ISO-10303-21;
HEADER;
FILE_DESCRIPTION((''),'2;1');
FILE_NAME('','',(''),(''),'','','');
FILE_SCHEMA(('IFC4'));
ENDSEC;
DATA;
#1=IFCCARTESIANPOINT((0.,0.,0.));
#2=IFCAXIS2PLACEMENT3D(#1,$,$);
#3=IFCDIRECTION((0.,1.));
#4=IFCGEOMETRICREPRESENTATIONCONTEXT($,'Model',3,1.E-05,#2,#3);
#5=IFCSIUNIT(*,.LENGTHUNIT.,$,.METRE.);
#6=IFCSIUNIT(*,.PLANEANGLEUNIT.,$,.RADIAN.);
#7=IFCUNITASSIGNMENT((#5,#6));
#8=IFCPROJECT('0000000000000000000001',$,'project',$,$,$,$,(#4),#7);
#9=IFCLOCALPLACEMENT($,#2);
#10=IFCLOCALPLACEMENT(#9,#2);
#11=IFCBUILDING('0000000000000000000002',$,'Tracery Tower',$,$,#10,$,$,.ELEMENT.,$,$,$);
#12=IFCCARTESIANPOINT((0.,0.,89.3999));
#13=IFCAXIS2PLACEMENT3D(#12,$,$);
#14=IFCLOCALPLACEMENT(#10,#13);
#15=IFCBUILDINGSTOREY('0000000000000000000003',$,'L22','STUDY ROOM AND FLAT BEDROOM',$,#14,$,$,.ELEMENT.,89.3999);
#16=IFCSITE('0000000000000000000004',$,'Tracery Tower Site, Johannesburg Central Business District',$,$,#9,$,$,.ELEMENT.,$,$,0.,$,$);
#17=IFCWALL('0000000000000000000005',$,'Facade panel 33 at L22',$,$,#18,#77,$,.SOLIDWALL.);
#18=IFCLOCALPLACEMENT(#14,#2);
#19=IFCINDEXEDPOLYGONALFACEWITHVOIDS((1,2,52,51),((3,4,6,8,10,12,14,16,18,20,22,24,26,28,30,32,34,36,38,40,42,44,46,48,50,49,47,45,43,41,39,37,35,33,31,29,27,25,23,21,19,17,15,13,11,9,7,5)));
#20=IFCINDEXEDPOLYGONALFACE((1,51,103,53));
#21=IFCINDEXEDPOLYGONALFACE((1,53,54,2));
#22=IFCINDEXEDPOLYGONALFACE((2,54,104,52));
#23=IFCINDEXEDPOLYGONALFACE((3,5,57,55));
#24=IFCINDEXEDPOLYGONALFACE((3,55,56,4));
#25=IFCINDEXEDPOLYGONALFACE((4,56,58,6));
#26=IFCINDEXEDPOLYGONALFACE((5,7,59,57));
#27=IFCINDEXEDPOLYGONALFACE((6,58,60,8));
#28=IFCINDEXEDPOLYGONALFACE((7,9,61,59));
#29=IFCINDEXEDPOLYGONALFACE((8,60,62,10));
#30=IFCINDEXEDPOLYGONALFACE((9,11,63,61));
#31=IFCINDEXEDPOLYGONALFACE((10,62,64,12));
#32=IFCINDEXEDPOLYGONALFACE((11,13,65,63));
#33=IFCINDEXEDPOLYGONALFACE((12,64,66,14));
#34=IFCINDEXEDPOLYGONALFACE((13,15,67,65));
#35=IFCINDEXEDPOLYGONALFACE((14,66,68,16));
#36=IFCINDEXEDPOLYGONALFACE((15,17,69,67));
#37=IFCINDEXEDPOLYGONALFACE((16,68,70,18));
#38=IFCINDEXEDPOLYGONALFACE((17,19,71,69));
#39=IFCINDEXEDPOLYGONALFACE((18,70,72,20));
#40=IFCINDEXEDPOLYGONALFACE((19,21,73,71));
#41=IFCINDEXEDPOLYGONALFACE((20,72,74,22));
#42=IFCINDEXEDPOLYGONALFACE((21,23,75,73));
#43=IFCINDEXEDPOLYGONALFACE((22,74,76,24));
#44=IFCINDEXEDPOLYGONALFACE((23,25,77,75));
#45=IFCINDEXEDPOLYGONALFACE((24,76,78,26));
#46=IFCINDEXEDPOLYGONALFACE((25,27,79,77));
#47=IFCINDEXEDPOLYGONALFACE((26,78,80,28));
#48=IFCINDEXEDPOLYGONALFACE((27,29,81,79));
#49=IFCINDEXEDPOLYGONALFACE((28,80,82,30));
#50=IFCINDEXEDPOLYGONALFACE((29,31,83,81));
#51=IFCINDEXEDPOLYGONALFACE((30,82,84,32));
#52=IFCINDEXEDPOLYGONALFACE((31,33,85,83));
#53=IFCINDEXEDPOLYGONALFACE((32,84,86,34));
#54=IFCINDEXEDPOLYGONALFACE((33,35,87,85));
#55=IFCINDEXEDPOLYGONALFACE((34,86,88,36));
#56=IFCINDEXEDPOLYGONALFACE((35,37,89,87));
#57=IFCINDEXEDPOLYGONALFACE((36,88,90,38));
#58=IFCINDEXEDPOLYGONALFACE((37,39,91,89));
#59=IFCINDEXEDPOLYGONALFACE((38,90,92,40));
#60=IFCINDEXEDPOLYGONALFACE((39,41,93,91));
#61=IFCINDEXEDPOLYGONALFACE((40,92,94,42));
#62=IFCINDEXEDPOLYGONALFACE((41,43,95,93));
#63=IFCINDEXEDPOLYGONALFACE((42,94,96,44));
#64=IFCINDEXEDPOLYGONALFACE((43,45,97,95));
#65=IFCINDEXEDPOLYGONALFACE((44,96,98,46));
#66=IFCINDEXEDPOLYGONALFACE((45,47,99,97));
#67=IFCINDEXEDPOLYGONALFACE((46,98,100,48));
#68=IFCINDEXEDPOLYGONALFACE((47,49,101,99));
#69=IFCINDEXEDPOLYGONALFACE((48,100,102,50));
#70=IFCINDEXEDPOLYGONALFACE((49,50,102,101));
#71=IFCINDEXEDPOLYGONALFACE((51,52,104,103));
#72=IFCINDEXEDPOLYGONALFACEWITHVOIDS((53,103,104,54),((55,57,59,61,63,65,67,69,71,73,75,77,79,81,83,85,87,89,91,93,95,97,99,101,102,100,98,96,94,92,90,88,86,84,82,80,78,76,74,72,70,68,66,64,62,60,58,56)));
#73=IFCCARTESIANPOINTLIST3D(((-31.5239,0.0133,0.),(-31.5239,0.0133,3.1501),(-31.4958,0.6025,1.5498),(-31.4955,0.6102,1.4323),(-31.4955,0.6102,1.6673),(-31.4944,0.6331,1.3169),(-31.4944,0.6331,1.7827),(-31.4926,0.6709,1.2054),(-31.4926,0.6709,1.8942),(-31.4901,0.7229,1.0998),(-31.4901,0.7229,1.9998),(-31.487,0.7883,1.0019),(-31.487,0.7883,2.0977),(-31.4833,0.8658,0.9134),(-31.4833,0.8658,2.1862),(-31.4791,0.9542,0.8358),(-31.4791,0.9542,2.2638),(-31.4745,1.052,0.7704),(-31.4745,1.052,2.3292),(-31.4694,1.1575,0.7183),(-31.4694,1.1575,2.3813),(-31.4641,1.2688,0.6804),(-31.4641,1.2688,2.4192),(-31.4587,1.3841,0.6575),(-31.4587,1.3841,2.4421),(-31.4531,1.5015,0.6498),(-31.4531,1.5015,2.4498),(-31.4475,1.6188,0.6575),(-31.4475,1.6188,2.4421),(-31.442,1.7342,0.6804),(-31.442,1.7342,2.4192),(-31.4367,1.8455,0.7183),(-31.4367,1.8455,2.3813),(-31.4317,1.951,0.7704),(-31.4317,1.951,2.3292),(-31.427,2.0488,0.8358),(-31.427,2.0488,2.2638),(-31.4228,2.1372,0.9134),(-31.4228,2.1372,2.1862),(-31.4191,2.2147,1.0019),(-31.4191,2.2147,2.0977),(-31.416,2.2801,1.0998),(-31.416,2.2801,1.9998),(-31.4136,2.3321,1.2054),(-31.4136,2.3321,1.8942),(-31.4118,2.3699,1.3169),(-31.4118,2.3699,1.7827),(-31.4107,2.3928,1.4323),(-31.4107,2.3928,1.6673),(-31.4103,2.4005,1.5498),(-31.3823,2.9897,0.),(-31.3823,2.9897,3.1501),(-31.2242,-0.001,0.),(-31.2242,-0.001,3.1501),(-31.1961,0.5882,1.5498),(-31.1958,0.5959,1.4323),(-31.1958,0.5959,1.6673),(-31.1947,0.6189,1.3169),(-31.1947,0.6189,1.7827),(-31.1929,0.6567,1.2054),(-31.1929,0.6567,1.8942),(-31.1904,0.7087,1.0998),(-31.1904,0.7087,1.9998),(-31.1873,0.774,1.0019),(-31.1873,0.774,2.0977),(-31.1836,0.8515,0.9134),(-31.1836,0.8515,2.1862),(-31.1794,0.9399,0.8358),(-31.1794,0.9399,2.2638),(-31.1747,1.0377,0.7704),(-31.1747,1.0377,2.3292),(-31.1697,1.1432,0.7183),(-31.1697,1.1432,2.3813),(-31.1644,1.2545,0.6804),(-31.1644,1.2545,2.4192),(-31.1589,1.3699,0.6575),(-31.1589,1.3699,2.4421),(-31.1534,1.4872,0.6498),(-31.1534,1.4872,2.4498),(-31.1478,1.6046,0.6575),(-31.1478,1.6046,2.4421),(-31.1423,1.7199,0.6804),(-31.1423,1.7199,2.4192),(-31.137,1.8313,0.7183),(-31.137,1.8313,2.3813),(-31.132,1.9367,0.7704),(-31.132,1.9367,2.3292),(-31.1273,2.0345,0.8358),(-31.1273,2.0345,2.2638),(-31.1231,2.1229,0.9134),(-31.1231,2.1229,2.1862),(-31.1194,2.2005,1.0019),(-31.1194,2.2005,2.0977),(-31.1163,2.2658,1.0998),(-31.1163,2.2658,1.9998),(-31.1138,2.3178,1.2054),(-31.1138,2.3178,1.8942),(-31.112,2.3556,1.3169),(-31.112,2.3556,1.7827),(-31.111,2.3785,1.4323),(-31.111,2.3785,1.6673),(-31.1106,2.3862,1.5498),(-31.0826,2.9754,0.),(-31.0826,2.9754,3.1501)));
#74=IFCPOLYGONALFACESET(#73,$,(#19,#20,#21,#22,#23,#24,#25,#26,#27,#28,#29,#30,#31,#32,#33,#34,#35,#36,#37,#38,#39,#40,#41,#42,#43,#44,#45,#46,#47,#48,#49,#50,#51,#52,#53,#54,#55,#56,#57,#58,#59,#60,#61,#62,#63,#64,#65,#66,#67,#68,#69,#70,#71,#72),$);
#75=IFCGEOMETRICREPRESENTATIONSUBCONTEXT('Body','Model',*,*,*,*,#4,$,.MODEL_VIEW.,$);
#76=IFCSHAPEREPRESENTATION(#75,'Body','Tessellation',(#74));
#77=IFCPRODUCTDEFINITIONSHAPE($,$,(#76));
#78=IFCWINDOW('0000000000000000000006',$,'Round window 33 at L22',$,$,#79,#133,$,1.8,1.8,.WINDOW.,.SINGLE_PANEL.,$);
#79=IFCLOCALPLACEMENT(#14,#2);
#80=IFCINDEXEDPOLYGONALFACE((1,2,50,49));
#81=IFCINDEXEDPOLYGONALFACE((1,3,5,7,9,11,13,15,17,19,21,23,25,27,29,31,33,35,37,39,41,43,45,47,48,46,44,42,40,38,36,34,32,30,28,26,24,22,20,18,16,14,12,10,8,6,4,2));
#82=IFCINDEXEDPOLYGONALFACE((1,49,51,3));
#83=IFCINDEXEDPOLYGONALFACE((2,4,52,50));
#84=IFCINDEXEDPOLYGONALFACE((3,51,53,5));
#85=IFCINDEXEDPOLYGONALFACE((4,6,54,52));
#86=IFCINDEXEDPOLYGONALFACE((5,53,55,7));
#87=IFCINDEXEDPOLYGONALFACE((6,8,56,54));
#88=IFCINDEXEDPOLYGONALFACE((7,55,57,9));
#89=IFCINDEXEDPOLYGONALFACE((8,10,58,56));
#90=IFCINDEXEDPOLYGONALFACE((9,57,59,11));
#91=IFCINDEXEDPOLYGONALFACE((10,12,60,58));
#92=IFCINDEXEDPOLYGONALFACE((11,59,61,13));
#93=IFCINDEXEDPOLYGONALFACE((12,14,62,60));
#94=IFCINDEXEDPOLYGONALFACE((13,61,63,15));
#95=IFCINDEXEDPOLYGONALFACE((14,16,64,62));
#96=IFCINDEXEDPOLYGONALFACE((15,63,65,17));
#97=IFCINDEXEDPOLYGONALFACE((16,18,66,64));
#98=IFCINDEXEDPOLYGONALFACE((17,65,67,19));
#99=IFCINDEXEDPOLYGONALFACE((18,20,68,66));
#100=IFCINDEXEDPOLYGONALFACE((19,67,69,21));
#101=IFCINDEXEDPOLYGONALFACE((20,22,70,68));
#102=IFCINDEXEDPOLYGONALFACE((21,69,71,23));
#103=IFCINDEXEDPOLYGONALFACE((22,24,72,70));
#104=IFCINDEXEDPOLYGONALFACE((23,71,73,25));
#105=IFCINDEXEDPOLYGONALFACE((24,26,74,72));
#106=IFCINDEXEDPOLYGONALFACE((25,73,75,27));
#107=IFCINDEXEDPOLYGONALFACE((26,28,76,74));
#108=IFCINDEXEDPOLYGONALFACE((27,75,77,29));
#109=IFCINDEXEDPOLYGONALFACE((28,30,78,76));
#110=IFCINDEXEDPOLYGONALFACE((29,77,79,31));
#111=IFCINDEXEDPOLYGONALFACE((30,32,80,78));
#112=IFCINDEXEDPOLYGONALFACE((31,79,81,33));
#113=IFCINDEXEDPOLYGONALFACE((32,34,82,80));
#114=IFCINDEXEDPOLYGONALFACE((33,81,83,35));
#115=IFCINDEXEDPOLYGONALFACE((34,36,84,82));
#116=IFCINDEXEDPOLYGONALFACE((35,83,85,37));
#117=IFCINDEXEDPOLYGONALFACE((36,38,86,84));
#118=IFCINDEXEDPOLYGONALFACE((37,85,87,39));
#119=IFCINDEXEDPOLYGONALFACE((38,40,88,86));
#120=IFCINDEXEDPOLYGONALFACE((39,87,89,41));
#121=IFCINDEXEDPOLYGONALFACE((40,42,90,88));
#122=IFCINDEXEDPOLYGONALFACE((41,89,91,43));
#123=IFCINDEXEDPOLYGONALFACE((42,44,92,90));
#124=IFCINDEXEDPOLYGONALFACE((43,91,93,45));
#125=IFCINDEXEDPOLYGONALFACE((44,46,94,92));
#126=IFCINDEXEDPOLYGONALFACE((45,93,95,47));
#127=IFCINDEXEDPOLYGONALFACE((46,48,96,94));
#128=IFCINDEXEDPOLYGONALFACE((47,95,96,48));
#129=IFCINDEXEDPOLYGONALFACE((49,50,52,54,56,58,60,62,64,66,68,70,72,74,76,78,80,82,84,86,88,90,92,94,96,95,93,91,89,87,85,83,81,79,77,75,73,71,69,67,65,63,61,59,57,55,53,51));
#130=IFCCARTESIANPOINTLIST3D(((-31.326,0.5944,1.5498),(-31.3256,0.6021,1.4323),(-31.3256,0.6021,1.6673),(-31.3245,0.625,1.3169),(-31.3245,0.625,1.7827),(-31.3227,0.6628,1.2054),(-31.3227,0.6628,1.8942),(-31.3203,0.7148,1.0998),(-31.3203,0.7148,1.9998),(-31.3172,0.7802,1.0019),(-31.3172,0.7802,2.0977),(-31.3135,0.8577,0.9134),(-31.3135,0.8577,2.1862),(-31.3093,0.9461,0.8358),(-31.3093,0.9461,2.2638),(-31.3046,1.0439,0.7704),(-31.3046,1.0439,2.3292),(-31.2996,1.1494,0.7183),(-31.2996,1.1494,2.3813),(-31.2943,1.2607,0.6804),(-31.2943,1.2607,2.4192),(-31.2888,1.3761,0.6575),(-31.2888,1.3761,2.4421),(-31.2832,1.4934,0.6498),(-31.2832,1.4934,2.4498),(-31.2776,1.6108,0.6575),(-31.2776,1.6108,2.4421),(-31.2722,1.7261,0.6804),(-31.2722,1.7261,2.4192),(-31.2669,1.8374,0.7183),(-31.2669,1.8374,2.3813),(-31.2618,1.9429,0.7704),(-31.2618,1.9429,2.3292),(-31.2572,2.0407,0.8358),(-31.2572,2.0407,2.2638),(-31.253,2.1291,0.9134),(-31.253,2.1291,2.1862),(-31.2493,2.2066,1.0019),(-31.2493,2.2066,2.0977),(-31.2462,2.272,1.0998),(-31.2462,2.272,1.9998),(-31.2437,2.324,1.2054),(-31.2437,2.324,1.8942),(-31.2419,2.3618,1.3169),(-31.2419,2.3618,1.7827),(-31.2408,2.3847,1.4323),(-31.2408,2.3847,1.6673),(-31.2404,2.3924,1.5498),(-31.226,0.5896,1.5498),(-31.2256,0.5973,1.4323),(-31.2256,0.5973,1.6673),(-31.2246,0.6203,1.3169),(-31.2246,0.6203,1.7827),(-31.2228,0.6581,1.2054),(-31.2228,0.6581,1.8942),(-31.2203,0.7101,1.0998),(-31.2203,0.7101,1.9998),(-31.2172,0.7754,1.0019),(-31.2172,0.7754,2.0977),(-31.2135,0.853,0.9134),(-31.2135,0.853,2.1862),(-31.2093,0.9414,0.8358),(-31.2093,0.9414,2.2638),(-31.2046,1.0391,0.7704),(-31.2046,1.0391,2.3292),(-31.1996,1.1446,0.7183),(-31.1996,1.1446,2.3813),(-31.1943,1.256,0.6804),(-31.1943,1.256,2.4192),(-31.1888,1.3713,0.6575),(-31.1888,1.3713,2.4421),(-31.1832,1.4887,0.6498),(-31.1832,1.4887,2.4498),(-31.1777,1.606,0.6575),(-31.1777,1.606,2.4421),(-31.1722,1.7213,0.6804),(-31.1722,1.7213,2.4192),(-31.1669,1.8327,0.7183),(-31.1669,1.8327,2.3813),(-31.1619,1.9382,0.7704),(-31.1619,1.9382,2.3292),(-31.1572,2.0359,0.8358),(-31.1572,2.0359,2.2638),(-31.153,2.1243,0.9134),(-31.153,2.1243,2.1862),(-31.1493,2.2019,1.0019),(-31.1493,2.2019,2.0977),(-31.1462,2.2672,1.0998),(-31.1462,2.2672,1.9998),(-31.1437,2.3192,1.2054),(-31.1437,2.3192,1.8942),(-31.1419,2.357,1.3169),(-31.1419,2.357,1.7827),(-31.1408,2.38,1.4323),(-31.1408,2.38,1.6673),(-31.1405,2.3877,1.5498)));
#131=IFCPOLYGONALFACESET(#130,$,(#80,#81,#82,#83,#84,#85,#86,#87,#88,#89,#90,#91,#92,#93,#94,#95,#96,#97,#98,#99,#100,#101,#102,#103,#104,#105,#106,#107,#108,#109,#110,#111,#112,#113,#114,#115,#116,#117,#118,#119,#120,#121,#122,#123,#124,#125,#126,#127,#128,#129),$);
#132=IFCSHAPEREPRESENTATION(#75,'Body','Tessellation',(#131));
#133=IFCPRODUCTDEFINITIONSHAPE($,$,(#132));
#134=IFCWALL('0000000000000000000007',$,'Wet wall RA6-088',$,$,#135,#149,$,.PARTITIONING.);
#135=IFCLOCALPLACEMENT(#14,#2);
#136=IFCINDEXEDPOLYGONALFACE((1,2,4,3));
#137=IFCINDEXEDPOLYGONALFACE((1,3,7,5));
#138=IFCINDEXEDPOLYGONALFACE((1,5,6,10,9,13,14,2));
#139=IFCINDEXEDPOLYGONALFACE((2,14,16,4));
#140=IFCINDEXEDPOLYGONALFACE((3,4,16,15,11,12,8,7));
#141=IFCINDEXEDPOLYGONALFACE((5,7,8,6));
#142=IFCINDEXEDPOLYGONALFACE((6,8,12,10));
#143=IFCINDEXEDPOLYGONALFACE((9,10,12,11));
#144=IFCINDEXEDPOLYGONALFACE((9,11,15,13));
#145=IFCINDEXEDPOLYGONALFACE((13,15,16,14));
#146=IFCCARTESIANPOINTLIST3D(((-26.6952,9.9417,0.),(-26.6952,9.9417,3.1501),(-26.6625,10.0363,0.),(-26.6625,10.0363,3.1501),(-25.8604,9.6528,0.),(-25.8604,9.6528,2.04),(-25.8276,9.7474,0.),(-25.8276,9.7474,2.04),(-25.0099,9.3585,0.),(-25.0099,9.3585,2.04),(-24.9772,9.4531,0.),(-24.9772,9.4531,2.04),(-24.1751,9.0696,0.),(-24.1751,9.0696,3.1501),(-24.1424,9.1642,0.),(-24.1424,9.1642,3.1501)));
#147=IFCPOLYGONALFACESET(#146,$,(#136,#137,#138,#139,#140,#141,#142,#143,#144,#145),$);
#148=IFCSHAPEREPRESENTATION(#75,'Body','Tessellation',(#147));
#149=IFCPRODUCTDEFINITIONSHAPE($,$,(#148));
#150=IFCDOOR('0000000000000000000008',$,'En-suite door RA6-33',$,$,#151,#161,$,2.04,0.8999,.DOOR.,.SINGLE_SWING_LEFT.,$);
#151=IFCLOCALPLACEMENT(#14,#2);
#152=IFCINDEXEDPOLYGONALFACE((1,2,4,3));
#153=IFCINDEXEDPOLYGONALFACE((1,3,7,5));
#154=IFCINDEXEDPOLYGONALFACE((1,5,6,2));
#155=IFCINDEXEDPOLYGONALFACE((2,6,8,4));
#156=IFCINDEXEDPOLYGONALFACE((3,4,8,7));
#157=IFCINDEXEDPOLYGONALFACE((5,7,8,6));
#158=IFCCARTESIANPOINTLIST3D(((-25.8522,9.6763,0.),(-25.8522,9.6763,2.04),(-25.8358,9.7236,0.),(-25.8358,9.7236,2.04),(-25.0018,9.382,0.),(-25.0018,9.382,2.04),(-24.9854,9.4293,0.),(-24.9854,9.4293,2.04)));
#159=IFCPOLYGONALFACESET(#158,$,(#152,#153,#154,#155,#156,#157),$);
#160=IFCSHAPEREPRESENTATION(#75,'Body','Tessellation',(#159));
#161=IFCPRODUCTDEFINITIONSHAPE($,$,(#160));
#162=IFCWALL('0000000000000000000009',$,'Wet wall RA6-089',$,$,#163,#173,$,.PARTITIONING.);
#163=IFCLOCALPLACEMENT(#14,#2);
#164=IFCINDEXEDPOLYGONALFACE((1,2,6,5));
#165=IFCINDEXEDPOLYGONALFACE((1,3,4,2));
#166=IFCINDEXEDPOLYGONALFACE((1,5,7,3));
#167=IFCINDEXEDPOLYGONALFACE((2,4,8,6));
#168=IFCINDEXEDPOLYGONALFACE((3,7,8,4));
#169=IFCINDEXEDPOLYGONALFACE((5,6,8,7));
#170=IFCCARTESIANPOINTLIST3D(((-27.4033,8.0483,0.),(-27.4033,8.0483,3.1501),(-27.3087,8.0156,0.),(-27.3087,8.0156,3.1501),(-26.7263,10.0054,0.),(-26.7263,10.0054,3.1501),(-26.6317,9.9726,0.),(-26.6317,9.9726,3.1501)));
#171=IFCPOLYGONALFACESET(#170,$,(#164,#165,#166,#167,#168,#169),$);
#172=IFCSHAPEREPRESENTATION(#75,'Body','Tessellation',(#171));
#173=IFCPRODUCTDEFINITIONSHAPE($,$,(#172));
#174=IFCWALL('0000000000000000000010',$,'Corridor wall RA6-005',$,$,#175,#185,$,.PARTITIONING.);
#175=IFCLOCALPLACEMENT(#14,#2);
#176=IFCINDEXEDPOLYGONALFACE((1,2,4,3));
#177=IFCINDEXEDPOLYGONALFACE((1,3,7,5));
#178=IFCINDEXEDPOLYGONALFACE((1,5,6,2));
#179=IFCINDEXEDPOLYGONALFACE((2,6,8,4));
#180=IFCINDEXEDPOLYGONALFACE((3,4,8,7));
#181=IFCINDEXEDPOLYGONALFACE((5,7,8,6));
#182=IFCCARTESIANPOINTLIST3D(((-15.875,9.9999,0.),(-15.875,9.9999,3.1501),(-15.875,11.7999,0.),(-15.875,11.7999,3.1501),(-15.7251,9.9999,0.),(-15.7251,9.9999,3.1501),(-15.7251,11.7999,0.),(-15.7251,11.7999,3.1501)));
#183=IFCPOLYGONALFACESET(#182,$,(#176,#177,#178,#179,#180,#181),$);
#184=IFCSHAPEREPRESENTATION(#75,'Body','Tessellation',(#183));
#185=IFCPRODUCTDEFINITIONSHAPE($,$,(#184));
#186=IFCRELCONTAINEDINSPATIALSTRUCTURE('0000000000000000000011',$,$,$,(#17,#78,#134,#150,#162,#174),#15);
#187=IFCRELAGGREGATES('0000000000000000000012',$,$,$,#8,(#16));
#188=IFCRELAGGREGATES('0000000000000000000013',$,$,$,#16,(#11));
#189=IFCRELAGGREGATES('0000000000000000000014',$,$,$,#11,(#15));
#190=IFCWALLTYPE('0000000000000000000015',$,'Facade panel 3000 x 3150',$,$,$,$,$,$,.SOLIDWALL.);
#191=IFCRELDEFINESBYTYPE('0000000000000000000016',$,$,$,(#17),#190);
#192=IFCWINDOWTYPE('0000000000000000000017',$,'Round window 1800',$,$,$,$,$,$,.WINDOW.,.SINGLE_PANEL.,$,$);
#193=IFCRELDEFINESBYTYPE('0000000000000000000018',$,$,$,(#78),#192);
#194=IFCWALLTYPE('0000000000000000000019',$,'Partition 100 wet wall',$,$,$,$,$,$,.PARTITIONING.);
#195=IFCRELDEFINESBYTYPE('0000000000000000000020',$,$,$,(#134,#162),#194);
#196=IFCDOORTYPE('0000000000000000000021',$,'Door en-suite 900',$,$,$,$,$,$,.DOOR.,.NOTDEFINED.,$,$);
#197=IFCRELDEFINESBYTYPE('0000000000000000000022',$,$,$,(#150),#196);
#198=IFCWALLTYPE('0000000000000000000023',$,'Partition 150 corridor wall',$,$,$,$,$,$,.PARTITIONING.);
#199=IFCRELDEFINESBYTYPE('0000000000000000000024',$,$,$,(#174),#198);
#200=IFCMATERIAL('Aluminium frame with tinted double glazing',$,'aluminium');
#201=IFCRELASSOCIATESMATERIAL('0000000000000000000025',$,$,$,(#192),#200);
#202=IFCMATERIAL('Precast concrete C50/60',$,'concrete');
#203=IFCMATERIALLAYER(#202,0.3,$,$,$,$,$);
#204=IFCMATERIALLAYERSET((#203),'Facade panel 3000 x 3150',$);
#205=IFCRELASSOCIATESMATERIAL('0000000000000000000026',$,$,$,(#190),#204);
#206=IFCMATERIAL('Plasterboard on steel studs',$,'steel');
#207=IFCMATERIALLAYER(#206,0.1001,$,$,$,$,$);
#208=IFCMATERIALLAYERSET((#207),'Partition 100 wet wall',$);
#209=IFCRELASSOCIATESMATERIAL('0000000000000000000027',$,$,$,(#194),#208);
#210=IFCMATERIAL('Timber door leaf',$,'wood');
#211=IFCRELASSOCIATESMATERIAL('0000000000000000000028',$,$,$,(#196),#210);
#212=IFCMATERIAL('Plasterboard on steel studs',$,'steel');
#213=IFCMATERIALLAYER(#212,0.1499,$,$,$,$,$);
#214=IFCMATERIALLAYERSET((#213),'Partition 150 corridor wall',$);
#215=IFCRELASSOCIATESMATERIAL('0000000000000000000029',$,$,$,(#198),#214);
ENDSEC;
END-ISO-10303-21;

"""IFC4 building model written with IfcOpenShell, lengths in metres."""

from ifc_helpers import new_model, si_unit, direction, frame, frame_2d, origin, origin_2d, place, context, subcontext, project, spatial, rectangle, circle, extrude, material, layer, layer_set, type_object, element, fill, save


model = new_model("IFC4")

# Units and contexts
model_context = context("Model", 3, precision=1e-05, world=origin(), true_north=direction((0.0, 1.0)))
body_context = subcontext(model_context, "Body", "Model", "MODEL_VIEW")
ifc_project = project(units=[si_unit("LENGTHUNIT", "METRE"), si_unit("PLANEANGLEUNIT", "RADIAN")], contexts=[model_context])

# Site, building, storey
site_placement = place(None, origin())
site = spatial("IfcSite", under=ifc_project, at=site_placement, Name="Tracery Tower Site, Johannesburg Central Business District", CompositionType="ELEMENT", RefElevation=0.0)
building_placement = place(site_placement, origin())
building = spatial("IfcBuilding", under=site, at=building_placement, Name="Tracery Tower", CompositionType="ELEMENT")
storey_placement = place(building_placement, frame((0.0, 0.0, 89.3999)))
storey = spatial("IfcBuildingStorey", under=building, at=storey_placement, Name="L22", Description="STUDY ROOM AND FLAT BEDROOM", CompositionType="ELEMENT", Elevation=89.3999)

# Wall, opening, window
ifc_material_1 = material(Name="Aluminium frame with tinted double glazing", Category="aluminium")
window_type = type_object("IfcWindowType", Name="Round window 1800", PartitioningType="SINGLE_PANEL", PredefinedType="WINDOW", material=ifc_material_1)
ifc_material_2 = material(Name="Precast concrete C50/60", Category="concrete")
ifc_layer_1 = layer(ifc_material_2, 0.3)
ifc_layer_set_1 = layer_set([ifc_layer_1], Name="Facade panel 3000 x 3150")
wall_type_1 = type_object("IfcWallType", Name="Facade panel 3000 x 3150", PredefinedType="SOLIDWALL", material=ifc_layer_set_1)
wall_1_placement = place(storey_placement, frame((-31.2324, 2.9824, 0.0), z_axis=(0.0, 0.0, 1.0), x_axis=(-0.047522, -0.99887, 0.0)))
wall_1 = element("IfcWall", 1, at=wall_1_placement, inside=storey, type_object=wall_type_1, Name="Facade panel 33 at L22", PredefinedType="SOLIDWALL", context=body_context, shape_type="SweptSolid", body=[
    extrude(rectangle(XDim=2.9797, YDim=0.3, at=frame_2d((1.4897, 0.0))), origin(), (0.0, 0.0, 1.0), 3.1501),
])
opening_1_placement = place(wall_1_placement, frame((1.4897, 0.0, 1.5498)))
opening_1 = element("IfcOpeningElement", 2, at=opening_1_placement, cuts=wall_1, PredefinedType="OPENING", context=body_context, shape_type="SweptSolid", body=[
    extrude(circle(Radius=0.9, at=origin_2d()), frame((0.0, 0.1599, 0.0), z_axis=(0.0, -1.0, 0.0), x_axis=(1.0, 0.0, 0.0)), (0.0, 0.0, 1.0), 0.3201),
])
window_1_placement = place(opening_1_placement, origin())
window_1 = element("IfcWindow", 3, at=window_1_placement, inside=storey, type_object=window_type, Name="Round window 33 at L22", OverallHeight=1.8, OverallWidth=1.8, PartitioningType="SINGLE_PANEL", PredefinedType="WINDOW", context=body_context, shape_type="SweptSolid", body=[
    extrude(circle(Radius=0.9, at=origin_2d()), frame((0.0, 0.1201, 0.0), z_axis=(0.0, -1.0, 0.0), x_axis=(1.0, 0.0, 0.0)), (0.0, 0.0, 1.0), 0.1001),
])
fill(opening_1, window_1)

# Wall, opening, door
ifc_material_3 = material(Name="Plasterboard on steel studs", Category="steel")
ifc_layer_2 = layer(ifc_material_3, 0.1001)
ifc_layer_set_2 = layer_set([ifc_layer_2], Name="Partition 100 wet wall")
wall_type_2 = type_object("IfcWallType", Name="Partition 100 wet wall", PredefinedType="PARTITIONING", material=ifc_layer_set_2)
wall_2_placement = place(storey_placement, frame((-26.679, 9.989, 0.0), z_axis=(0.0, 0.0, 1.0), x_axis=(0.945014, -0.327029, 0.0)))
wall_2 = element("IfcWall", 4, at=wall_2_placement, inside=storey, type_object=wall_type_2, Name="Wet wall RA6-088", PredefinedType="PARTITIONING", context=body_context, shape_type="SweptSolid", body=[
    extrude(rectangle(XDim=2.6667, YDim=0.1001, at=frame_2d((1.3335, 0.0))), origin(), (0.0, 0.0, 1.0), 3.1501),
])
opening_2_placement = place(wall_2_placement, frame((0.8835, 0.0, 0.0)))
opening_2 = element("IfcOpeningElement", 5, at=opening_2_placement, cuts=wall_2, PredefinedType="OPENING", context=body_context, shape_type="SweptSolid", body=[
    extrude(rectangle(XDim=0.8999, YDim=2.04, at=frame_2d((0.45, 1.02))), frame((0.0, 0.05, 0.0), z_axis=(0.0, -1.0, 0.0), x_axis=(1.0, 0.0, 0.0)), (0.0, 0.0, 1.0), 0.1001),
])
ifc_material_4 = material(Name="Timber door leaf", Category="wood")
door_type_1 = type_object("IfcDoorType", Name="Door en-suite 900", OperationType="NOTDEFINED", PredefinedType="DOOR", material=ifc_material_4)
door_1_placement = place(opening_2_placement, origin())
door_1 = element("IfcDoor", 6, at=door_1_placement, inside=storey, type_object=door_type_1, Name="En-suite door RA6-33", OperationType="SINGLE_SWING_LEFT", OverallHeight=2.04, OverallWidth=0.8999, PredefinedType="DOOR", context=body_context, shape_type="SweptSolid", body=[
    extrude(rectangle(XDim=0.8999, YDim=2.04, at=frame_2d((0.45, 1.02))), frame((0.0, 0.0249, 0.0), z_axis=(0.0, -1.0, 0.0), x_axis=(1.0, 0.0, 0.0)), (0.0, 0.0, 1.0), 0.05),
])
fill(opening_2, door_1)

# Walls
wall_3_placement = place(storey_placement, frame((-27.356, 8.032, 0.0), z_axis=(0.0, 0.0, 1.0), x_axis=(0.326924, 0.945051, 0.0)))
element("IfcWall", 7, at=wall_3_placement, inside=storey, type_object=wall_type_2, Name="Wet wall RA6-089", PredefinedType="PARTITIONING", context=body_context, shape_type="SweptSolid", body=[
    extrude(rectangle(XDim=2.0708, YDim=0.1001, at=frame_2d((1.0354, 0.0))), origin(), (0.0, 0.0, 1.0), 3.1501),
])
ifc_material_5 = material(Name="Plasterboard on steel studs", Category="steel")
ifc_layer_3 = layer(ifc_material_5, 0.1499)
ifc_layer_set_3 = layer_set([ifc_layer_3], Name="Partition 150 corridor wall")
wall_type_3 = type_object("IfcWallType", Name="Partition 150 corridor wall", PredefinedType="PARTITIONING", material=ifc_layer_set_3)
wall_4_placement = place(storey_placement, frame((-15.8, 10.0, 0.0), z_axis=(0.0, 0.0, 1.0), x_axis=(0.0, 1.0, 0.0)))
element("IfcWall", 8, at=wall_4_placement, inside=storey, type_object=wall_type_3, Name="Corridor wall RA6-005", PredefinedType="PARTITIONING", context=body_context, shape_type="SweptSolid", body=[
    extrude(rectangle(XDim=1.8, YDim=0.1499, at=frame_2d((0.8999, 0.0))), origin(), (0.0, 0.0, 1.0), 3.1501),
])

save(model, "model.ifc")
